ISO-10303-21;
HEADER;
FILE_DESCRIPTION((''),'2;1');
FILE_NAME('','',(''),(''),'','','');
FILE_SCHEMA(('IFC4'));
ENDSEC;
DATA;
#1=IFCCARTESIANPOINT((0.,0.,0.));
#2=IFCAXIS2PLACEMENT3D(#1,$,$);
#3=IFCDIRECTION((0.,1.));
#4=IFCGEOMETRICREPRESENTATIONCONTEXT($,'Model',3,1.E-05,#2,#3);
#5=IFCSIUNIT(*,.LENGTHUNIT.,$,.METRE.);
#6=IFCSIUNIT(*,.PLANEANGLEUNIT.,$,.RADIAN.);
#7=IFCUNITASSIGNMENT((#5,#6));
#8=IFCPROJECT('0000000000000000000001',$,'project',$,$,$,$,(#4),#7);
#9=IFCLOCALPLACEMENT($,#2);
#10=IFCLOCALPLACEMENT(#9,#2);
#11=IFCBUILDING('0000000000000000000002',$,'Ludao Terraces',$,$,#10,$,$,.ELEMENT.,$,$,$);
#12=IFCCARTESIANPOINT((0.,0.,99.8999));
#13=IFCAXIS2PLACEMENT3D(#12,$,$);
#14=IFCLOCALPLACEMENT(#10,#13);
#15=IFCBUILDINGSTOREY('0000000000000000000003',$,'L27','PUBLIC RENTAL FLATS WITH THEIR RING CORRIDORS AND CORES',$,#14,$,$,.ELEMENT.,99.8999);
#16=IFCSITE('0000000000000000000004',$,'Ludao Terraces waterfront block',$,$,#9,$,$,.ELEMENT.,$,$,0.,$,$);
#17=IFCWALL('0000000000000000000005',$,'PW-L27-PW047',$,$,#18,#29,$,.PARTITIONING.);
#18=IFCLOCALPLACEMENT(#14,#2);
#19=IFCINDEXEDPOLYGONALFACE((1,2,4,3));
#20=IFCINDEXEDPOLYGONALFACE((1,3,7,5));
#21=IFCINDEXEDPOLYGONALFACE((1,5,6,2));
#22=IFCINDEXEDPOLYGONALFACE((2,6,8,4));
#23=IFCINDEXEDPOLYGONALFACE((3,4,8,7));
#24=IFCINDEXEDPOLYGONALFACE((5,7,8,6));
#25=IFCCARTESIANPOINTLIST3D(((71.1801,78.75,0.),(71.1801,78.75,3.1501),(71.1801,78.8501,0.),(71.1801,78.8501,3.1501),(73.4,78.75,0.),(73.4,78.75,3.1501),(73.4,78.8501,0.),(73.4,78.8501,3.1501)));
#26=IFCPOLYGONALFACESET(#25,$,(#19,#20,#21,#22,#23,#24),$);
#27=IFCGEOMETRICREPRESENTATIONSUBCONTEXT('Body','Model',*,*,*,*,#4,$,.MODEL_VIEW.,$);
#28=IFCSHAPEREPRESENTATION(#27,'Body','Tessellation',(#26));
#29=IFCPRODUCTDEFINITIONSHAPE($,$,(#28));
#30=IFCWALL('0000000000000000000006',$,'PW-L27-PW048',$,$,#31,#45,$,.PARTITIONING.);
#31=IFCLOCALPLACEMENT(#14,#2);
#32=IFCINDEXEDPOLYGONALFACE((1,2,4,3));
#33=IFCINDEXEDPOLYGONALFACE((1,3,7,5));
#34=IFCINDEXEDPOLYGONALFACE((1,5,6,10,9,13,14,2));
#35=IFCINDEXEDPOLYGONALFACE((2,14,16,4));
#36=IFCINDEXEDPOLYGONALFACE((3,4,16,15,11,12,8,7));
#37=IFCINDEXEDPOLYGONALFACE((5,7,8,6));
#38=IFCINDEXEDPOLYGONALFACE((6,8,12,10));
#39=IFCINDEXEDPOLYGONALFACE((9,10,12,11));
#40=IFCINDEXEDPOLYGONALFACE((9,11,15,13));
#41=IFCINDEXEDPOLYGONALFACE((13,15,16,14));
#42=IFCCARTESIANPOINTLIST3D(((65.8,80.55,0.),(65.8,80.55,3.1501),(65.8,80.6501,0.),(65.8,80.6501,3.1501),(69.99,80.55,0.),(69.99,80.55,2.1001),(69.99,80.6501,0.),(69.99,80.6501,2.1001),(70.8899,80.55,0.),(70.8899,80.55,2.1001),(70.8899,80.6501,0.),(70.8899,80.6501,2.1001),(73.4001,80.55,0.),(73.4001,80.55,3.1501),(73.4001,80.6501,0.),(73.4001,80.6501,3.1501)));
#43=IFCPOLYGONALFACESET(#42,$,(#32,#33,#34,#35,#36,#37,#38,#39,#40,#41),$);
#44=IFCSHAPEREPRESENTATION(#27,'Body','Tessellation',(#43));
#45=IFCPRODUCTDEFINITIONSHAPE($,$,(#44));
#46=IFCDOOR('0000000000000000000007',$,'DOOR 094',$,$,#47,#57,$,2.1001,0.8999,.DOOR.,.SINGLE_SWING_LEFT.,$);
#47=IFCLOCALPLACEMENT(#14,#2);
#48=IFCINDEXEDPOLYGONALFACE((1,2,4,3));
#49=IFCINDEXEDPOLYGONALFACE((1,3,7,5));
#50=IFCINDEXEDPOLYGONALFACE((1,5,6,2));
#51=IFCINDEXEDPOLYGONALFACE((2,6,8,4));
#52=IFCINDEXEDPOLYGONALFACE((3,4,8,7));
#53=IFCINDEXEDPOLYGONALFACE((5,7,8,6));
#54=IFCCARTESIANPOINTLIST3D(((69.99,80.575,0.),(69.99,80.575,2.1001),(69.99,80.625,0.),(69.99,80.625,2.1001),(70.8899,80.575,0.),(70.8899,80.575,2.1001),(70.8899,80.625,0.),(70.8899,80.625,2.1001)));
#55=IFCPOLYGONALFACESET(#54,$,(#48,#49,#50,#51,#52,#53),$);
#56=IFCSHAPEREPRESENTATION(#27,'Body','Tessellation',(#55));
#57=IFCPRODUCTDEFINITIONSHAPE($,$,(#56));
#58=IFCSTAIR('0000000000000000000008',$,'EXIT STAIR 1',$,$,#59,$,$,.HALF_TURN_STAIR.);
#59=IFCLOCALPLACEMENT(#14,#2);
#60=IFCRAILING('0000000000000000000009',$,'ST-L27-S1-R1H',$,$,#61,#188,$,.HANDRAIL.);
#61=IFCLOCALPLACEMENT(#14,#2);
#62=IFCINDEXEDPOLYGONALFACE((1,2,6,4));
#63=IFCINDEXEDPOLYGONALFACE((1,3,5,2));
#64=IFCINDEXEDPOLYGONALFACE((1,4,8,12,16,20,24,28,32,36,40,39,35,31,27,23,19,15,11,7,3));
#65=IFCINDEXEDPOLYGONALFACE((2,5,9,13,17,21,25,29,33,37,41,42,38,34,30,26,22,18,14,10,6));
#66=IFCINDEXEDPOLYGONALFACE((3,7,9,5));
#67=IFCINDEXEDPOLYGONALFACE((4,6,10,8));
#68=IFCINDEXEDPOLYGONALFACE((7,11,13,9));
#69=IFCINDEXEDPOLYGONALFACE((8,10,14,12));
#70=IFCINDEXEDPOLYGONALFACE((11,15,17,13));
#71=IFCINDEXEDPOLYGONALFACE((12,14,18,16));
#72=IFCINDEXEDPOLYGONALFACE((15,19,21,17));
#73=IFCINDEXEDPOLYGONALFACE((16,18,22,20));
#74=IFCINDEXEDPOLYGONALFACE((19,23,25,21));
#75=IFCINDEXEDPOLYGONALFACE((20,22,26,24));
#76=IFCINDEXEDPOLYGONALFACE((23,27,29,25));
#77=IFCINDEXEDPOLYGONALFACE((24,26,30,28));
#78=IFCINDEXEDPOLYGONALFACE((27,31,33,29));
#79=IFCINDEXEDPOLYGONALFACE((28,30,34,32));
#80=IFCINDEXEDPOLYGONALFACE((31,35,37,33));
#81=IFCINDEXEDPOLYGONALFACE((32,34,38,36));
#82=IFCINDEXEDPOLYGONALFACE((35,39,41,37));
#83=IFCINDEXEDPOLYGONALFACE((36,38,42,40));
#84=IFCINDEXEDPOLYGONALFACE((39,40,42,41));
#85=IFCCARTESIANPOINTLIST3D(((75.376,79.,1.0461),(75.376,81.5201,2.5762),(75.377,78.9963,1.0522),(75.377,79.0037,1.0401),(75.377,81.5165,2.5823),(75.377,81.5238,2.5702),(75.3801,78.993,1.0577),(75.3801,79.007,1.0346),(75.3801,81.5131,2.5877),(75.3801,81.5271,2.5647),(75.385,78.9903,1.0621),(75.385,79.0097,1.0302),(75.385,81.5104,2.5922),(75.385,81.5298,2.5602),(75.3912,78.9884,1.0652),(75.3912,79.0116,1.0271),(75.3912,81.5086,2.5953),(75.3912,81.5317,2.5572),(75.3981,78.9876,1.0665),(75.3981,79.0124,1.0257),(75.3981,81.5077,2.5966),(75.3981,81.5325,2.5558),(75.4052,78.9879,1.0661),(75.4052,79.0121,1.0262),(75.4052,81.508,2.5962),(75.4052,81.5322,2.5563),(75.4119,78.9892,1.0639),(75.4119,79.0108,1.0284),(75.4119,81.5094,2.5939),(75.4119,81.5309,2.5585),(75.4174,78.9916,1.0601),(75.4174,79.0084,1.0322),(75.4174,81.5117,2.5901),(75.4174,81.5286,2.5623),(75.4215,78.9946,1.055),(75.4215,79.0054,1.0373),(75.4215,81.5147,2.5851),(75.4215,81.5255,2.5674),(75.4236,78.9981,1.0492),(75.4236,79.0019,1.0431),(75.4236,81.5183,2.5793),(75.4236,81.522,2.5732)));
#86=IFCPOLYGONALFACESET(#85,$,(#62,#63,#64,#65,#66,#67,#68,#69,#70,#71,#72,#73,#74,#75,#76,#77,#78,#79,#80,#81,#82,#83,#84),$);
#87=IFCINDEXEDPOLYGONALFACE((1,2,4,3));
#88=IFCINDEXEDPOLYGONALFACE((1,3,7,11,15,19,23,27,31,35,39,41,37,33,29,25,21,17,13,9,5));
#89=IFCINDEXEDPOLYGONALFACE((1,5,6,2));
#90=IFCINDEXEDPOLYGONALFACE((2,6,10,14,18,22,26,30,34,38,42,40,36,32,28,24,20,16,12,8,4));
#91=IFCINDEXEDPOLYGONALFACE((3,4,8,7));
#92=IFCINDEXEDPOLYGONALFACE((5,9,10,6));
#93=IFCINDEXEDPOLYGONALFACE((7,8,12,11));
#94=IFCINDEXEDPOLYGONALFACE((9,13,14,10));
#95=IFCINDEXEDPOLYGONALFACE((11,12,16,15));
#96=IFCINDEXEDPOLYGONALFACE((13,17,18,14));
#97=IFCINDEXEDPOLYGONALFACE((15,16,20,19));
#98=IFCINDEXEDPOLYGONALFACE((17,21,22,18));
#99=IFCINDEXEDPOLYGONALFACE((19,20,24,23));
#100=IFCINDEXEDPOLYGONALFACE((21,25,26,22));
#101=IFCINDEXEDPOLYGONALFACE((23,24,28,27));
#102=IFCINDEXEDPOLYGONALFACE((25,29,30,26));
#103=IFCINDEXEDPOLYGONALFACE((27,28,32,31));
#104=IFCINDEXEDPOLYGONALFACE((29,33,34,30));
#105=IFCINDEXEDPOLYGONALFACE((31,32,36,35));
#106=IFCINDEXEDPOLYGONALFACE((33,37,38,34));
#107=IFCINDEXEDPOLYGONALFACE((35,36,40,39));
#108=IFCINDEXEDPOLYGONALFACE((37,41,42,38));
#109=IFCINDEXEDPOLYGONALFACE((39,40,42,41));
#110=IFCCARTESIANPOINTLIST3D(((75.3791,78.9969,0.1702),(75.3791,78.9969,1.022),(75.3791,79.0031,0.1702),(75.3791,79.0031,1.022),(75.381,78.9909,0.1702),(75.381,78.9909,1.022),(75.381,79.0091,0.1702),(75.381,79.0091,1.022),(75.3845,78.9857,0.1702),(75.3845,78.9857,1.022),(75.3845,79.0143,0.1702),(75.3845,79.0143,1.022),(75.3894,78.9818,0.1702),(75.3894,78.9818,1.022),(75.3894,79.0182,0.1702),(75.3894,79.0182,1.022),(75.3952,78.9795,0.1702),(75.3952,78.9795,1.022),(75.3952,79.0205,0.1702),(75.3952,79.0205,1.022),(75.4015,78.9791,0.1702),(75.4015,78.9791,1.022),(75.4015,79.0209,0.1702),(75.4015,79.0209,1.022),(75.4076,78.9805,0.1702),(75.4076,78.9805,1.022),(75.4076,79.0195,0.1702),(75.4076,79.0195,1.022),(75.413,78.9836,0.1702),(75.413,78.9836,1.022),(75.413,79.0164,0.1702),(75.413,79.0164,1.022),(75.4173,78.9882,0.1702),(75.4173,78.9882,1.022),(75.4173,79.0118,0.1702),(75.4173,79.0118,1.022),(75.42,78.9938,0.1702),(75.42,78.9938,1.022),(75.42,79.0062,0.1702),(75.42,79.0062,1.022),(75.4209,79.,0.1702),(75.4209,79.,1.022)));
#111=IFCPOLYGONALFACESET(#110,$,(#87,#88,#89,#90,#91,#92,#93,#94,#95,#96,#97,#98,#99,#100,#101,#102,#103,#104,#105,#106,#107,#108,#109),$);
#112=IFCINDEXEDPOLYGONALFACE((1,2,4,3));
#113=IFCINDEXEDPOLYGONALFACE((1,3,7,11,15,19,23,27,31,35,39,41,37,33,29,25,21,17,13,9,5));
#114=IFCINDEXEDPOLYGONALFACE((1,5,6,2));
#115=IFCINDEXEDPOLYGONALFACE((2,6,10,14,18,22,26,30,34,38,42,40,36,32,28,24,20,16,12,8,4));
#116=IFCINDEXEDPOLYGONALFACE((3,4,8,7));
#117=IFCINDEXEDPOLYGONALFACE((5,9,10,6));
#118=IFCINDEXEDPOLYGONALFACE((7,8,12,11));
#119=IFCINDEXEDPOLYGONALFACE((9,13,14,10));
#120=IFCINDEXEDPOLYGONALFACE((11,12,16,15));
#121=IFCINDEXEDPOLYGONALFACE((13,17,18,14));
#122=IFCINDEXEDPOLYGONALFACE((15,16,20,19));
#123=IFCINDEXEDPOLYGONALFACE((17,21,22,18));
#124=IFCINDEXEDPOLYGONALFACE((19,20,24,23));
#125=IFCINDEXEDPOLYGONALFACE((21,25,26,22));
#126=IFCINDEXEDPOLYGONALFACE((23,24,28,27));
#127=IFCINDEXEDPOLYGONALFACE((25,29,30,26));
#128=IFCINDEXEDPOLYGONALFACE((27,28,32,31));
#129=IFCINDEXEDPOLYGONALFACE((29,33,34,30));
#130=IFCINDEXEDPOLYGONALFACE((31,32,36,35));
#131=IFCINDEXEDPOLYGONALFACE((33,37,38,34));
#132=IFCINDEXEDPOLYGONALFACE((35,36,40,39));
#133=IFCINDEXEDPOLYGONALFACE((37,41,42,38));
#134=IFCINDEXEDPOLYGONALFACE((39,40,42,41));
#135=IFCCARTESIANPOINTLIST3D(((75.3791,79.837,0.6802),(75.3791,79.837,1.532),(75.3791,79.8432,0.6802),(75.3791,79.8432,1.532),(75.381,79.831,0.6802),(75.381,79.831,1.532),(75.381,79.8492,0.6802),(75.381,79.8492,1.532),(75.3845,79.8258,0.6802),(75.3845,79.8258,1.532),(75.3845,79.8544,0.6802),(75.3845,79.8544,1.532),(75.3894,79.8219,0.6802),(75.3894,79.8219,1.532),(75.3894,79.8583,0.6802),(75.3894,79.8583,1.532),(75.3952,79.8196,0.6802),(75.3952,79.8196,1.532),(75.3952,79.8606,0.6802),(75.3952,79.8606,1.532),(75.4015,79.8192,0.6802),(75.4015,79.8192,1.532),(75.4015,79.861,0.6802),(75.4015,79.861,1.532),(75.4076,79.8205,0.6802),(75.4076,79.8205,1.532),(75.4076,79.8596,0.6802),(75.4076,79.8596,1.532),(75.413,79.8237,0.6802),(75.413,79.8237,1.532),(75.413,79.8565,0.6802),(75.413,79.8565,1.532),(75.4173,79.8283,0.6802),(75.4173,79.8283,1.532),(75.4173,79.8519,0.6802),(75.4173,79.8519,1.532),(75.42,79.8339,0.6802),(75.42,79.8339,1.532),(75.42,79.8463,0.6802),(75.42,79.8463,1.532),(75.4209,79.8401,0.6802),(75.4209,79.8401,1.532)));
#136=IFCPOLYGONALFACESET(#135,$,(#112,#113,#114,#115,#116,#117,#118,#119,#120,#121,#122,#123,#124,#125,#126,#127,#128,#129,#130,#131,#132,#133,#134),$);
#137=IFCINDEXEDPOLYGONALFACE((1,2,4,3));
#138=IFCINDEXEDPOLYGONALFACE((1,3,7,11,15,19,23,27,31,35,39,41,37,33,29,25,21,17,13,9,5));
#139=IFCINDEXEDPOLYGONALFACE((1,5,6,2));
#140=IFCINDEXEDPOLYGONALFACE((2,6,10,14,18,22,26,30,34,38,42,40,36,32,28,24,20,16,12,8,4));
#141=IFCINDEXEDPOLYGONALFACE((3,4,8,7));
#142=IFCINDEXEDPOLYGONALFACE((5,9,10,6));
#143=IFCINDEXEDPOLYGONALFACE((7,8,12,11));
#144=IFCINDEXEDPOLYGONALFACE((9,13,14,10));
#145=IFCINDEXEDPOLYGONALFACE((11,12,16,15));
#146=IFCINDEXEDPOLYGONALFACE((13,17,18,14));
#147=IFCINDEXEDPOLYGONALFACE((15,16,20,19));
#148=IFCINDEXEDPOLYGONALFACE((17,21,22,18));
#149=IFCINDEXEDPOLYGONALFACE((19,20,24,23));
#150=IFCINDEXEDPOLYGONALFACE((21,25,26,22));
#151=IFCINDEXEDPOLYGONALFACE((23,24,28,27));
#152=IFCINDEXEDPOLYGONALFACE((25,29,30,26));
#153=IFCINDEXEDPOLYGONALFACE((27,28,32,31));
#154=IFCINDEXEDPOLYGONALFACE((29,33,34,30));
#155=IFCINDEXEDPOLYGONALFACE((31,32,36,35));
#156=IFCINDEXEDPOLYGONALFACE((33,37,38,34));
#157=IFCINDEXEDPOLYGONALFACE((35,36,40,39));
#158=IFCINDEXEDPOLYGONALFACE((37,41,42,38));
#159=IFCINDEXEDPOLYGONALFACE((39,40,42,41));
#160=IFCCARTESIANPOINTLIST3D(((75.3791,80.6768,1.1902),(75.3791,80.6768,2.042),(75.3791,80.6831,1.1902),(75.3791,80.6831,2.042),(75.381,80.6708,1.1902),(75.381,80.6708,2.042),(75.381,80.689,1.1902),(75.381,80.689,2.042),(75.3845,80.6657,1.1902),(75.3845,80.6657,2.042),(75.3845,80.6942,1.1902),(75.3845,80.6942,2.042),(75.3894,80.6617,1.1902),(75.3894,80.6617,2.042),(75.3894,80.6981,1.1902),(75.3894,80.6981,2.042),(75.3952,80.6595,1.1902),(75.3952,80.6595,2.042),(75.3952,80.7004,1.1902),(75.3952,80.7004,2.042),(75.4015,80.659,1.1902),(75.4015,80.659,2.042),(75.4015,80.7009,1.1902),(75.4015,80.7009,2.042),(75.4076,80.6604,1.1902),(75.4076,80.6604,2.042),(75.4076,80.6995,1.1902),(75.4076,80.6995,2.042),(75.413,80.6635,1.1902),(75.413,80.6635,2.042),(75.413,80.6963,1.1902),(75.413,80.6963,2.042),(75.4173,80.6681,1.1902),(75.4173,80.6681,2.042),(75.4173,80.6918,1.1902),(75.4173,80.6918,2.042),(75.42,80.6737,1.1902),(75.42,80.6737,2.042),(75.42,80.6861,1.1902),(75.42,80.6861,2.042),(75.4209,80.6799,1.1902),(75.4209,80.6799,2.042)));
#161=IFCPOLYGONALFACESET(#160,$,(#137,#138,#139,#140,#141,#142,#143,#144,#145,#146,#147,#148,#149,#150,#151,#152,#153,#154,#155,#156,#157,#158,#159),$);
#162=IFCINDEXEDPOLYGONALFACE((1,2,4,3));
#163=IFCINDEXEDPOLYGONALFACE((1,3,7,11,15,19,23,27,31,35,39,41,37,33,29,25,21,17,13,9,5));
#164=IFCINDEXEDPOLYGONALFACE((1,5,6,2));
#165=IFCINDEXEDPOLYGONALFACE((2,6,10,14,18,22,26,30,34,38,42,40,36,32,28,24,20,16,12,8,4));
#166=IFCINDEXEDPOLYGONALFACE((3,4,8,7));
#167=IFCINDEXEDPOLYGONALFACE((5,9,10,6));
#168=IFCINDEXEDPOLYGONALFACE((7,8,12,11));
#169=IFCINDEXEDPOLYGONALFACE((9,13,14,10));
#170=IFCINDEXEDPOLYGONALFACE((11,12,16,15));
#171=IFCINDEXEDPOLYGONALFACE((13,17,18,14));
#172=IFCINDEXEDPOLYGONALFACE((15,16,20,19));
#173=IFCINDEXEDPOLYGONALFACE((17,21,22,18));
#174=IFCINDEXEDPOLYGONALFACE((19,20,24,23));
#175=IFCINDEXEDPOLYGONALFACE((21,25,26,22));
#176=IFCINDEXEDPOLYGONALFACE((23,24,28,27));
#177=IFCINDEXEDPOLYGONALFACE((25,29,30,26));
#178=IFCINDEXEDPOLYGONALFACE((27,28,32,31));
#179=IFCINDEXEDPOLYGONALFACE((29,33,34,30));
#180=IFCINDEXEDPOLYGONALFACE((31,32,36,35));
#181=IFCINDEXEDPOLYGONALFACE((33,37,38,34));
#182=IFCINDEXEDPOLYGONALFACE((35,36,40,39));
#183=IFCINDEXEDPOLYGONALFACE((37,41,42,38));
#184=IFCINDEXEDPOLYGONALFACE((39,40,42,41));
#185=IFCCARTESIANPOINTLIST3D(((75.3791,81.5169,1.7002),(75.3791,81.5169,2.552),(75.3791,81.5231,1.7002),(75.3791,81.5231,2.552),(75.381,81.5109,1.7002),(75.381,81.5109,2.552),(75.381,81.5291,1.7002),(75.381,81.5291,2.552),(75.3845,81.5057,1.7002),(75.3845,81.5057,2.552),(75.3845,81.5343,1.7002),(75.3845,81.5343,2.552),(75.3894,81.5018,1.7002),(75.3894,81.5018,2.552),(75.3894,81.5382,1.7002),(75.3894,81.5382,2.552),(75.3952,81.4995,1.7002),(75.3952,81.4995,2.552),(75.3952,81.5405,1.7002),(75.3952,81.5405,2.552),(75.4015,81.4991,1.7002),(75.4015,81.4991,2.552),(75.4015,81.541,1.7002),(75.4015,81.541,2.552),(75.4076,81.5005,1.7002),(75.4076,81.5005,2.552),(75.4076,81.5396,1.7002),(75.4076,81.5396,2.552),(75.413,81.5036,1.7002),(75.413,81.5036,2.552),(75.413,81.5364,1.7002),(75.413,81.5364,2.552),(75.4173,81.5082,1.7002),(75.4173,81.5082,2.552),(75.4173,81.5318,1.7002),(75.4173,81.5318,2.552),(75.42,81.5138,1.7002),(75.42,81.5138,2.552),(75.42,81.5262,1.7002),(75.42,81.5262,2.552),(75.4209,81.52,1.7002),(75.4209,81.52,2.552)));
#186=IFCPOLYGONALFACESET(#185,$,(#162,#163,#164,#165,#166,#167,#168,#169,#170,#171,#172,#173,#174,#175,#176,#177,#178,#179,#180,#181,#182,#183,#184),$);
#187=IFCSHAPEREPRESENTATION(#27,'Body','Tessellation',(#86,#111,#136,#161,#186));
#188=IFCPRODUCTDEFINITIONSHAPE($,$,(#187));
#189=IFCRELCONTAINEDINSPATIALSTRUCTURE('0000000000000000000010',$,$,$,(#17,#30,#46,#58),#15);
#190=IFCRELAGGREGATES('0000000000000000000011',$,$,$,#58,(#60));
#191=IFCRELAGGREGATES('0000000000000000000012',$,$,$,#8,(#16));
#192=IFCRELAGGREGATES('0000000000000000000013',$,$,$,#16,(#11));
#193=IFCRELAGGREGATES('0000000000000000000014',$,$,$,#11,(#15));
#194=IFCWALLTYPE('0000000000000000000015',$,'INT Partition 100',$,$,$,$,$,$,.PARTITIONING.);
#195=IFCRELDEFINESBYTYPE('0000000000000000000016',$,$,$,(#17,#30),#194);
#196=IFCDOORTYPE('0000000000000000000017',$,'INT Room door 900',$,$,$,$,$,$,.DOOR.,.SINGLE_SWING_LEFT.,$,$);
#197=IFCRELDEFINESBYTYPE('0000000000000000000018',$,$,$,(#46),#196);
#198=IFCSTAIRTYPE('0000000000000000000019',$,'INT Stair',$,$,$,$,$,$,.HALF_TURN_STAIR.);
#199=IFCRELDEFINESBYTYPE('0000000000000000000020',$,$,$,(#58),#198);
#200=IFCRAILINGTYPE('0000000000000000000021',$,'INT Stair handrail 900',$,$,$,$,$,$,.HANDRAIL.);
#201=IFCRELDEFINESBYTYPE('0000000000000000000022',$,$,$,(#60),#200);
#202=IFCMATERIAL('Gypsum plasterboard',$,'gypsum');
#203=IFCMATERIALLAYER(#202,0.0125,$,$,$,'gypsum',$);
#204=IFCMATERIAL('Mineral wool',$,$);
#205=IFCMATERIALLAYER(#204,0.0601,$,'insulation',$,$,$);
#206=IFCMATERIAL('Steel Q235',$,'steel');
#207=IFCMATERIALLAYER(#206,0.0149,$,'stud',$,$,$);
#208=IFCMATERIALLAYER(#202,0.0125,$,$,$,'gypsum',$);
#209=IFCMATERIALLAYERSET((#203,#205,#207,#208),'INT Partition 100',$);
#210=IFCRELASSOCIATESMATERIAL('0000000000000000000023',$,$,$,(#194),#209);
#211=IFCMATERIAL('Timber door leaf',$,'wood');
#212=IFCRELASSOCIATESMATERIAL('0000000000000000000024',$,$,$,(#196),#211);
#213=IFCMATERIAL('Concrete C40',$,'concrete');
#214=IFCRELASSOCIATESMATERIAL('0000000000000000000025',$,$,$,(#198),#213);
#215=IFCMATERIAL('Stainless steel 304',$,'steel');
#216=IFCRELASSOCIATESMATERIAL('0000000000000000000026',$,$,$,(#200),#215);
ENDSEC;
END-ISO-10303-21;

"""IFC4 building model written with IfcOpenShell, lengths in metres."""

from ifc_helpers import new_model, si_unit, direction, frame, frame_2d, origin, origin_2d, place, context, subcontext, project, spatial, rectangle, circle, extrude, material, layer, layer_set, type_object, element, fill, aggregate, save


model = new_model("IFC4")

# Units and contexts
model_context = context("Model", 3, precision=1e-05, world=origin(), true_north=direction((0.0, 1.0)))
body_context = subcontext(model_context, "Body", "Model", "MODEL_VIEW")
ifc_project = project(units=[si_unit("LENGTHUNIT", "METRE"), si_unit("PLANEANGLEUNIT", "RADIAN")], contexts=[model_context])

# Site, building, storey
site_placement = place(None, origin())
site = spatial("IfcSite", under=ifc_project, at=site_placement, Name="Ludao Terraces waterfront block", CompositionType="ELEMENT", RefElevation=0.0)
building_placement = place(site_placement, origin())
building = spatial("IfcBuilding", under=site, at=building_placement, Name="Ludao Terraces", CompositionType="ELEMENT")
storey_placement = place(building_placement, frame((0.0, 0.0, 99.8999)))
storey = spatial("IfcBuildingStorey", under=building, at=storey_placement, Name="L27", Description="PUBLIC RENTAL FLATS WITH THEIR RING CORRIDORS AND CORES", CompositionType="ELEMENT", Elevation=99.8999)

# Shared definitions
ifc_material_1 = material(Name="Concrete C40", Category="concrete")

# Shared definitions
ifc_material_2 = material(Name="Steel Q235", Category="steel")

# Shared definitions
ifc_material_3 = material(Name="Mineral wool")

# Wall
ifc_material_4 = material(Name="Gypsum plasterboard", Category="gypsum")
ifc_layer_1 = layer(ifc_material_4, 0.0125, Category="gypsum")
ifc_layer_2 = layer(ifc_material_3, 0.0601, Name="insulation")
ifc_layer_3 = layer(ifc_material_2, 0.0149, Name="stud")
ifc_layer_4 = layer(ifc_material_4, 0.0125, Category="gypsum")
ifc_layer_set_1 = layer_set([ifc_layer_1, ifc_layer_2, ifc_layer_3, ifc_layer_4], Name="INT Partition 100")
wall_type_1 = type_object("IfcWallType", Name="INT Partition 100", PredefinedType="PARTITIONING", material=ifc_layer_set_1)
wall_1_placement = place(storey_placement, frame((71.1802, 78.8, 0.0), z_axis=(0.0, 0.0, 1.0), x_axis=(1.0, 0.0, 0.0)))
element("IfcWall", 1, at=wall_1_placement, inside=storey, type_object=wall_type_1, Name="PW-L27-PW047", PredefinedType="PARTITIONING", context=body_context, shape_type="SweptSolid", body=[
    extrude(rectangle(XDim=2.22, YDim=0.1001, at=frame_2d((1.1099, 0.0))), origin(), (0.0, 0.0, 1.0), 3.1501),
])

# Wall, opening, door
wall_2_placement = place(storey_placement, frame((65.8, 80.6001, 0.0), z_axis=(0.0, 0.0, 1.0), x_axis=(1.0, 0.0, 0.0)))
wall_2 = element("IfcWall", 2, at=wall_2_placement, inside=storey, type_object=wall_type_1, Name="PW-L27-PW048", PredefinedType="PARTITIONING", context=body_context, shape_type="SweptSolid", body=[
    extrude(rectangle(XDim=7.6001, YDim=0.1001, at=frame_2d((3.8, 0.0))), origin(), (0.0, 0.0, 1.0), 3.1501),
])
opening_1_placement = place(wall_2_placement, frame((4.1899, 0.0, 0.0)))
opening_1 = element("IfcOpeningElement", 3, at=opening_1_placement, cuts=wall_2, PredefinedType="OPENING", context=body_context, shape_type="SweptSolid", body=[
    extrude(rectangle(XDim=0.8999, YDim=2.1001, at=frame_2d((0.45, 1.05))), frame((0.0, 0.0601, 0.0), z_axis=(0.0, -1.0, 0.0), x_axis=(1.0, 0.0, 0.0)), (0.0, 0.0, 1.0), 0.1201),
])
ifc_material_5 = material(Name="Timber door leaf", Category="wood")
door_type_1 = type_object("IfcDoorType", Name="INT Room door 900", OperationType="SINGLE_SWING_LEFT", PredefinedType="DOOR", material=ifc_material_5)
door_1_placement = place(opening_1_placement, origin())
door_1 = element("IfcDoor", 4, at=door_1_placement, inside=storey, type_object=door_type_1, Name="DOOR 094", OperationType="SINGLE_SWING_LEFT", OverallHeight=2.1001, OverallWidth=0.8999, PredefinedType="DOOR", context=body_context, shape_type="SweptSolid", body=[
    extrude(rectangle(XDim=0.8999, YDim=2.1001, at=frame_2d((0.45, 1.05))), frame((0.0, 0.0249, 0.0), z_axis=(0.0, -1.0, 0.0), x_axis=(1.0, 0.0, 0.0)), (0.0, 0.0, 1.0), 0.05),
])
fill(opening_1, door_1)

# Stair, railing
stair_type = type_object("IfcStairType", Name="INT Stair", PredefinedType="HALF_TURN_STAIR", material=ifc_material_1)
stair_placement = place(storey_placement, origin())
stair = element("IfcStair", 5, at=stair_placement, inside=storey, type_object=stair_type, Name="EXIT STAIR 1", PredefinedType="HALF_TURN_STAIR")
ifc_material_6 = material(Name="Stainless steel 304", Category="steel")
railing_type = type_object("IfcRailingType", Name="INT Stair handrail 900", PredefinedType="HANDRAIL", material=ifc_material_6)
railing_placement = place(storey_placement, frame((75.3999, 79.0, 0.1702)))
railing = element("IfcRailing", 6, at=railing_placement, type_object=railing_type, Name="ST-L27-S1-R1H", PredefinedType="HANDRAIL", context=body_context, shape_type="SweptSolid", body=[
    extrude(circle(Radius=0.0239, at=origin_2d()), frame((0.0, 0.0, 0.876), z_axis=(0.0, 0.854785, 0.518982), x_axis=(-1.0, 0.0, 0.0)), (0.0, 0.0, 1.0), 2.9482),
    extrude(circle(Radius=0.021, at=origin_2d()), origin(), (0.0, 0.0, 1.0), 0.8518),
    extrude(circle(Radius=0.021, at=origin_2d()), frame((0.0, 0.8401, 0.51)), (0.0, 0.0, 1.0), 0.8518),
    extrude(circle(Radius=0.021, at=origin_2d()), frame((0.0, 1.6799, 1.02)), (0.0, 0.0, 1.0), 0.8518),
    extrude(circle(Radius=0.021, at=origin_2d()), frame((0.0, 2.52, 1.53)), (0.0, 0.0, 1.0), 0.8518),
])
aggregate(stair, [railing])

save(model, "model.ifc")
